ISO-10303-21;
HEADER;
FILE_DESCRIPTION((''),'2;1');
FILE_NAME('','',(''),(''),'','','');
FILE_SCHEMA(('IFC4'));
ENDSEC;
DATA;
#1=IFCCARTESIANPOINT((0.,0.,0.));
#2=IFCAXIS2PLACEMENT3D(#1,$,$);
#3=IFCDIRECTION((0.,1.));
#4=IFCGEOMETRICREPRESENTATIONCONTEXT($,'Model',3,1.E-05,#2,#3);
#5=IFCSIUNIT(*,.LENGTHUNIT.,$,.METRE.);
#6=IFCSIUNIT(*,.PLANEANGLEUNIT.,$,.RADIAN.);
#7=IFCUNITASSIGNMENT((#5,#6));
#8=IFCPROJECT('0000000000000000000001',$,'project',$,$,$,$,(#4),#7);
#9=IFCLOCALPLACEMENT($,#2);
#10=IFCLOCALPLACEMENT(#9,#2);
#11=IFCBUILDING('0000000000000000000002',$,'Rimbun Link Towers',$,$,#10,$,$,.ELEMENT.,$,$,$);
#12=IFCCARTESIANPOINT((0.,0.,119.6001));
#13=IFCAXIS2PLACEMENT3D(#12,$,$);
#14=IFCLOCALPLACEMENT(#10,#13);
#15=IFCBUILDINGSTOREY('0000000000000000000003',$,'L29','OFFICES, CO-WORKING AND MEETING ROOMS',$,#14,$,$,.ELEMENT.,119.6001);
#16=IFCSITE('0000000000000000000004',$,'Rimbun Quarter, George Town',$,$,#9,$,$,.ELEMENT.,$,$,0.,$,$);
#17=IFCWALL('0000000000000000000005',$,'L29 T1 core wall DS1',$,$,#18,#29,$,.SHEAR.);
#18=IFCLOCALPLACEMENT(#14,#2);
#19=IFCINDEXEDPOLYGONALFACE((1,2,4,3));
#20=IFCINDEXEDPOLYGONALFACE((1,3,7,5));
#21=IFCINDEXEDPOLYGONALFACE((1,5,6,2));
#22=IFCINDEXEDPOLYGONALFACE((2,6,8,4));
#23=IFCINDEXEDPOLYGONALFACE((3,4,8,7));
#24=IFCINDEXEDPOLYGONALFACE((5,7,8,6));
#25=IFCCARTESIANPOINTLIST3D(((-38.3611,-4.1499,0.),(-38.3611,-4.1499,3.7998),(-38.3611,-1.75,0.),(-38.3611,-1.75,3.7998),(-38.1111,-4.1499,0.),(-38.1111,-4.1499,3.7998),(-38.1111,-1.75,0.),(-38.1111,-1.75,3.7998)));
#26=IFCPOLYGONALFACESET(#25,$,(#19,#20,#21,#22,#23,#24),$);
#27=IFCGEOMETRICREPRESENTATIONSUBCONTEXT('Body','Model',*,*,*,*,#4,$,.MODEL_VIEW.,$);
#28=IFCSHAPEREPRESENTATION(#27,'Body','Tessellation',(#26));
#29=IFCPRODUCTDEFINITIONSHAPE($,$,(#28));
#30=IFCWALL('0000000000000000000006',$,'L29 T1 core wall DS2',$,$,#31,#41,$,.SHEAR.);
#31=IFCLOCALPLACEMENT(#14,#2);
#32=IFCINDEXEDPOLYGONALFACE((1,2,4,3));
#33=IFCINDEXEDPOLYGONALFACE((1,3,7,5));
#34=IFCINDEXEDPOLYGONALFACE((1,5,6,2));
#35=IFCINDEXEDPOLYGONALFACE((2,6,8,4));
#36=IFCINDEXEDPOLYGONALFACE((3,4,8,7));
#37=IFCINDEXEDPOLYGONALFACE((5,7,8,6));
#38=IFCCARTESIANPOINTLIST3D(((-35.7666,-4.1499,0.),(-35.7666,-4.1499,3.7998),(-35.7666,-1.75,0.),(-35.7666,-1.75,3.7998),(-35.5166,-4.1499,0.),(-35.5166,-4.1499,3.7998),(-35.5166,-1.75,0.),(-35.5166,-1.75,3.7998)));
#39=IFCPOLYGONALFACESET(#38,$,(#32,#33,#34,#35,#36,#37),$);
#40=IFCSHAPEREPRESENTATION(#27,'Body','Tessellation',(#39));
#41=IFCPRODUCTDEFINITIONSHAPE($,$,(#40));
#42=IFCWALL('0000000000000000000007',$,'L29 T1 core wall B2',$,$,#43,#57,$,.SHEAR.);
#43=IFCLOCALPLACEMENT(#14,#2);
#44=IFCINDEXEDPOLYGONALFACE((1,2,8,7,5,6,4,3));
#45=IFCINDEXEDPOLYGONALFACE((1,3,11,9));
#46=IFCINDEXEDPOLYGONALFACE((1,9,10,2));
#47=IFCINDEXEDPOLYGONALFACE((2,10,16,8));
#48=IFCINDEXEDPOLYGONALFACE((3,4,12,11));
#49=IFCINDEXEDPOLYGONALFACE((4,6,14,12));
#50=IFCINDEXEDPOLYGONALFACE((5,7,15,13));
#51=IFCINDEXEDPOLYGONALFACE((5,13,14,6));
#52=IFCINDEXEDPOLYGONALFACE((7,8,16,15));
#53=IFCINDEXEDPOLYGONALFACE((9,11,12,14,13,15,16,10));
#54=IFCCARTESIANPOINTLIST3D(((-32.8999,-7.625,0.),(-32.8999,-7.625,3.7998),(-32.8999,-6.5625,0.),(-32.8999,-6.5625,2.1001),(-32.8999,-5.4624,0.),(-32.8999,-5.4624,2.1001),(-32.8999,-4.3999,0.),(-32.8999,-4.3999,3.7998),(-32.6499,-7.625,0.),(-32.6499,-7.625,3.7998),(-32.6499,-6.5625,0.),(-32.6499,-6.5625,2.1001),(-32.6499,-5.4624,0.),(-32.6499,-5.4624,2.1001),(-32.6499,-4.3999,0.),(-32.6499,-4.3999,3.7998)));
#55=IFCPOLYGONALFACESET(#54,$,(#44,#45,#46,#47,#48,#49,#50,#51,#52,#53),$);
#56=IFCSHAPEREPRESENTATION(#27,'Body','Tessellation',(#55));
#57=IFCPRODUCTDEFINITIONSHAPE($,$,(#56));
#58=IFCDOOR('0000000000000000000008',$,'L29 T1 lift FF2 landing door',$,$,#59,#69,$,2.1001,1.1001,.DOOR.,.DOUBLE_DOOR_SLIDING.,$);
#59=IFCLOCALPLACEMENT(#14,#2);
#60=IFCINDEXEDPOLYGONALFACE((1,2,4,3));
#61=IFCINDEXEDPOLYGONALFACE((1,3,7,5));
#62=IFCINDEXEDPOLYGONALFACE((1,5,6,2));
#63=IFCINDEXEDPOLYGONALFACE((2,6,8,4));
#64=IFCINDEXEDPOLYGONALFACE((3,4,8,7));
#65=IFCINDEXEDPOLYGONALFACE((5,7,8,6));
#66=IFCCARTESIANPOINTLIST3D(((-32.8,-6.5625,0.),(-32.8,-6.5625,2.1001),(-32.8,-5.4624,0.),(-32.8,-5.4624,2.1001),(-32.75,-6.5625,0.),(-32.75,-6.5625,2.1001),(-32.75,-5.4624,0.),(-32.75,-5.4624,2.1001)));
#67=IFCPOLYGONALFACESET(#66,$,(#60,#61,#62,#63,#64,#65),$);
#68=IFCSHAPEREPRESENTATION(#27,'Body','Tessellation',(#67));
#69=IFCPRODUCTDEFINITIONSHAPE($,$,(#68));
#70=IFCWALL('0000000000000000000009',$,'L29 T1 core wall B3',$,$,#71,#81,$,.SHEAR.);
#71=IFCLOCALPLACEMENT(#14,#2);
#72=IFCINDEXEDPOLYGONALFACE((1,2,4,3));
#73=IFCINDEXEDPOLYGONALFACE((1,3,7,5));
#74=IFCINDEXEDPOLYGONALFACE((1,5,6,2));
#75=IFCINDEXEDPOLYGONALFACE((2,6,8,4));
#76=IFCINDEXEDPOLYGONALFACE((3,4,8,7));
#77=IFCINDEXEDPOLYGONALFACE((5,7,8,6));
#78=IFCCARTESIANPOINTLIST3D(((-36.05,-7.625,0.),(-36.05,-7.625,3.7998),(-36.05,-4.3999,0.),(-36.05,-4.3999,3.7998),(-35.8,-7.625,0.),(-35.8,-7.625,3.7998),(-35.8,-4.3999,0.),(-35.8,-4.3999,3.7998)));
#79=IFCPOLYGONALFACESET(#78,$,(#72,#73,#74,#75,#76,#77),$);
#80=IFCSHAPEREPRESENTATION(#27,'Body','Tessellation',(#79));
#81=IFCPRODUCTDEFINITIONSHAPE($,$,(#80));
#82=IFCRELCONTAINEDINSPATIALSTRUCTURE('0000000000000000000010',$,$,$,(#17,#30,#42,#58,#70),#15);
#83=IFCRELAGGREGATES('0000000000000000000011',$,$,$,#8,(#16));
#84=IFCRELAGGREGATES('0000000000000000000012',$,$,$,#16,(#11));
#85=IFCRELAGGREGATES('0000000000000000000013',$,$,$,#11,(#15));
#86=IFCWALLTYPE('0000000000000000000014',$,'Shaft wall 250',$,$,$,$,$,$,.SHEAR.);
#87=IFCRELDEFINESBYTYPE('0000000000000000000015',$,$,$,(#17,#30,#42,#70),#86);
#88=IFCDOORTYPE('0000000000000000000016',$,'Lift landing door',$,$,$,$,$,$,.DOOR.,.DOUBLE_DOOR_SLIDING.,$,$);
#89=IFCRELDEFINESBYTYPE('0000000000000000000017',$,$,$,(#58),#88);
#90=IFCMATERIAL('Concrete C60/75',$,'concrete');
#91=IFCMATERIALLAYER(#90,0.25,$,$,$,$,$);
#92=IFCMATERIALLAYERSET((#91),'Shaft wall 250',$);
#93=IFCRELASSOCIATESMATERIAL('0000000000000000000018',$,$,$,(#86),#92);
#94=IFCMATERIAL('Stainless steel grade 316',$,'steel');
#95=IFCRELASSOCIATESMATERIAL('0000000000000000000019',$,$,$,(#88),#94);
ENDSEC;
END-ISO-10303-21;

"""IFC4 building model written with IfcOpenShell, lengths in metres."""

from ifc_helpers import new_model, si_unit, direction, frame, frame_2d, origin, place, context, subcontext, project, spatial, rectangle, extrude, material, layer, layer_set, type_object, element, fill, save


model = new_model("IFC4")

# Units and contexts
model_context = context("Model", 3, precision=1e-05, world=origin(), true_north=direction((0.0, 1.0)))
body_context = subcontext(model_context, "Body", "Model", "MODEL_VIEW")
ifc_project = project(units=[si_unit("LENGTHUNIT", "METRE"), si_unit("PLANEANGLEUNIT", "RADIAN")], contexts=[model_context])

# Site, building, storey
site_placement = place(None, origin())
site = spatial("IfcSite", under=ifc_project, at=site_placement, Name="Rimbun Quarter, George Town", CompositionType="ELEMENT", RefElevation=0.0)
building_placement = place(site_placement, origin())
building = spatial("IfcBuilding", under=site, at=building_placement, Name="Rimbun Link Towers", CompositionType="ELEMENT")
storey_placement = place(building_placement, frame((0.0, 0.0, 119.6001)))
storey = spatial("IfcBuildingStorey", under=building, at=storey_placement, Name="L29", Description="OFFICES, CO-WORKING AND MEETING ROOMS", CompositionType="ELEMENT", Elevation=119.6001)

# Walls
ifc_material_1 = material(Name="Concrete C60/75", Category="concrete")
ifc_layer_1 = layer(ifc_material_1, 0.25)
ifc_layer_set_1 = layer_set([ifc_layer_1], Name="Shaft wall 250")
wall_type_1 = type_object("IfcWallType", Name="Shaft wall 250", PredefinedType="SHEAR", material=ifc_layer_set_1)
for number, where, z_axis, x_axis, name in (
    (1, (-38.2361, -4.1499, 0.0), (0.0, 0.0, 1.0), (0.0, 1.0, 0.0), "L29 T1 core wall DS1"),
    (2, (-35.6416, -4.1499, 0.0), (0.0, 0.0, 1.0), (0.0, 1.0, 0.0), "L29 T1 core wall DS2"),
):
    element("IfcWall", number, at=place(storey_placement, frame(where, z_axis=z_axis, x_axis=x_axis)), inside=storey, type_object=wall_type_1, Name=name, PredefinedType="SHEAR", context=body_context, shape_type="SweptSolid", body=[
        extrude(rectangle(XDim=2.3999, YDim=0.25, at=frame_2d((1.2, 0.0))), origin(), (0.0, 0.0, 1.0), 3.7998),
    ])

# Wall, opening, door
wall_1_placement = place(storey_placement, frame((-32.7749, -4.3999, 0.0), z_axis=(0.0, 0.0, 1.0), x_axis=(0.0, -1.0, 0.0)))
wall_1 = element("IfcWall", 3, at=wall_1_placement, inside=storey, type_object=wall_type_1, Name="L29 T1 core wall B2", PredefinedType="SHEAR", context=body_context, shape_type="SweptSolid", body=[
    extrude(rectangle(XDim=3.2251, YDim=0.25, at=frame_2d((1.6125, 0.0))), origin(), (0.0, 0.0, 1.0), 3.7998),
])
opening_placement = place(wall_1_placement, frame((1.0625, 0.0, 0.0)))
opening = element("IfcOpeningElement", 4, at=opening_placement, cuts=wall_1, PredefinedType="OPENING", context=body_context, shape_type="SweptSolid", body=[
    extrude(rectangle(XDim=1.1001, YDim=2.1001, at=frame_2d((0.55, 1.05))), frame((0.0, 0.135, 0.0), z_axis=(0.0, -1.0, 0.0), x_axis=(1.0, 0.0, 0.0)), (0.0, 0.0, 1.0), 0.27),
])
ifc_material_2 = material(Name="Stainless steel grade 316", Category="steel")
door_type = type_object("IfcDoorType", Name="Lift landing door", OperationType="DOUBLE_DOOR_SLIDING", PredefinedType="DOOR", material=ifc_material_2)
door_placement = place(opening_placement, origin())
door = element("IfcDoor", 5, at=door_placement, inside=storey, type_object=door_type, Name="L29 T1 lift FF2 landing door", OperationType="DOUBLE_DOOR_SLIDING", OverallHeight=2.1001, OverallWidth=1.1001, PredefinedType="DOOR", context=body_context, shape_type="SweptSolid", body=[
    extrude(rectangle(XDim=1.1001, YDim=2.1001, at=frame_2d((0.55, 1.05))), frame((0.0, 0.0249, 0.0), z_axis=(0.0, -1.0, 0.0), x_axis=(1.0, 0.0, 0.0)), (0.0, 0.0, 1.0), 0.05),
])
fill(opening, door)

# Wall
wall_2_placement = place(storey_placement, frame((-35.925, -4.3999, 0.0), z_axis=(0.0, 0.0, 1.0), x_axis=(0.0, -1.0, 0.0)))
element("IfcWall", 6, at=wall_2_placement, inside=storey, type_object=wall_type_1, Name="L29 T1 core wall B3", PredefinedType="SHEAR", context=body_context, shape_type="SweptSolid", body=[
    extrude(rectangle(XDim=3.2251, YDim=0.25, at=frame_2d((1.6125, 0.0))), origin(), (0.0, 0.0, 1.0), 3.7998),
])

save(model, "model.ifc")
